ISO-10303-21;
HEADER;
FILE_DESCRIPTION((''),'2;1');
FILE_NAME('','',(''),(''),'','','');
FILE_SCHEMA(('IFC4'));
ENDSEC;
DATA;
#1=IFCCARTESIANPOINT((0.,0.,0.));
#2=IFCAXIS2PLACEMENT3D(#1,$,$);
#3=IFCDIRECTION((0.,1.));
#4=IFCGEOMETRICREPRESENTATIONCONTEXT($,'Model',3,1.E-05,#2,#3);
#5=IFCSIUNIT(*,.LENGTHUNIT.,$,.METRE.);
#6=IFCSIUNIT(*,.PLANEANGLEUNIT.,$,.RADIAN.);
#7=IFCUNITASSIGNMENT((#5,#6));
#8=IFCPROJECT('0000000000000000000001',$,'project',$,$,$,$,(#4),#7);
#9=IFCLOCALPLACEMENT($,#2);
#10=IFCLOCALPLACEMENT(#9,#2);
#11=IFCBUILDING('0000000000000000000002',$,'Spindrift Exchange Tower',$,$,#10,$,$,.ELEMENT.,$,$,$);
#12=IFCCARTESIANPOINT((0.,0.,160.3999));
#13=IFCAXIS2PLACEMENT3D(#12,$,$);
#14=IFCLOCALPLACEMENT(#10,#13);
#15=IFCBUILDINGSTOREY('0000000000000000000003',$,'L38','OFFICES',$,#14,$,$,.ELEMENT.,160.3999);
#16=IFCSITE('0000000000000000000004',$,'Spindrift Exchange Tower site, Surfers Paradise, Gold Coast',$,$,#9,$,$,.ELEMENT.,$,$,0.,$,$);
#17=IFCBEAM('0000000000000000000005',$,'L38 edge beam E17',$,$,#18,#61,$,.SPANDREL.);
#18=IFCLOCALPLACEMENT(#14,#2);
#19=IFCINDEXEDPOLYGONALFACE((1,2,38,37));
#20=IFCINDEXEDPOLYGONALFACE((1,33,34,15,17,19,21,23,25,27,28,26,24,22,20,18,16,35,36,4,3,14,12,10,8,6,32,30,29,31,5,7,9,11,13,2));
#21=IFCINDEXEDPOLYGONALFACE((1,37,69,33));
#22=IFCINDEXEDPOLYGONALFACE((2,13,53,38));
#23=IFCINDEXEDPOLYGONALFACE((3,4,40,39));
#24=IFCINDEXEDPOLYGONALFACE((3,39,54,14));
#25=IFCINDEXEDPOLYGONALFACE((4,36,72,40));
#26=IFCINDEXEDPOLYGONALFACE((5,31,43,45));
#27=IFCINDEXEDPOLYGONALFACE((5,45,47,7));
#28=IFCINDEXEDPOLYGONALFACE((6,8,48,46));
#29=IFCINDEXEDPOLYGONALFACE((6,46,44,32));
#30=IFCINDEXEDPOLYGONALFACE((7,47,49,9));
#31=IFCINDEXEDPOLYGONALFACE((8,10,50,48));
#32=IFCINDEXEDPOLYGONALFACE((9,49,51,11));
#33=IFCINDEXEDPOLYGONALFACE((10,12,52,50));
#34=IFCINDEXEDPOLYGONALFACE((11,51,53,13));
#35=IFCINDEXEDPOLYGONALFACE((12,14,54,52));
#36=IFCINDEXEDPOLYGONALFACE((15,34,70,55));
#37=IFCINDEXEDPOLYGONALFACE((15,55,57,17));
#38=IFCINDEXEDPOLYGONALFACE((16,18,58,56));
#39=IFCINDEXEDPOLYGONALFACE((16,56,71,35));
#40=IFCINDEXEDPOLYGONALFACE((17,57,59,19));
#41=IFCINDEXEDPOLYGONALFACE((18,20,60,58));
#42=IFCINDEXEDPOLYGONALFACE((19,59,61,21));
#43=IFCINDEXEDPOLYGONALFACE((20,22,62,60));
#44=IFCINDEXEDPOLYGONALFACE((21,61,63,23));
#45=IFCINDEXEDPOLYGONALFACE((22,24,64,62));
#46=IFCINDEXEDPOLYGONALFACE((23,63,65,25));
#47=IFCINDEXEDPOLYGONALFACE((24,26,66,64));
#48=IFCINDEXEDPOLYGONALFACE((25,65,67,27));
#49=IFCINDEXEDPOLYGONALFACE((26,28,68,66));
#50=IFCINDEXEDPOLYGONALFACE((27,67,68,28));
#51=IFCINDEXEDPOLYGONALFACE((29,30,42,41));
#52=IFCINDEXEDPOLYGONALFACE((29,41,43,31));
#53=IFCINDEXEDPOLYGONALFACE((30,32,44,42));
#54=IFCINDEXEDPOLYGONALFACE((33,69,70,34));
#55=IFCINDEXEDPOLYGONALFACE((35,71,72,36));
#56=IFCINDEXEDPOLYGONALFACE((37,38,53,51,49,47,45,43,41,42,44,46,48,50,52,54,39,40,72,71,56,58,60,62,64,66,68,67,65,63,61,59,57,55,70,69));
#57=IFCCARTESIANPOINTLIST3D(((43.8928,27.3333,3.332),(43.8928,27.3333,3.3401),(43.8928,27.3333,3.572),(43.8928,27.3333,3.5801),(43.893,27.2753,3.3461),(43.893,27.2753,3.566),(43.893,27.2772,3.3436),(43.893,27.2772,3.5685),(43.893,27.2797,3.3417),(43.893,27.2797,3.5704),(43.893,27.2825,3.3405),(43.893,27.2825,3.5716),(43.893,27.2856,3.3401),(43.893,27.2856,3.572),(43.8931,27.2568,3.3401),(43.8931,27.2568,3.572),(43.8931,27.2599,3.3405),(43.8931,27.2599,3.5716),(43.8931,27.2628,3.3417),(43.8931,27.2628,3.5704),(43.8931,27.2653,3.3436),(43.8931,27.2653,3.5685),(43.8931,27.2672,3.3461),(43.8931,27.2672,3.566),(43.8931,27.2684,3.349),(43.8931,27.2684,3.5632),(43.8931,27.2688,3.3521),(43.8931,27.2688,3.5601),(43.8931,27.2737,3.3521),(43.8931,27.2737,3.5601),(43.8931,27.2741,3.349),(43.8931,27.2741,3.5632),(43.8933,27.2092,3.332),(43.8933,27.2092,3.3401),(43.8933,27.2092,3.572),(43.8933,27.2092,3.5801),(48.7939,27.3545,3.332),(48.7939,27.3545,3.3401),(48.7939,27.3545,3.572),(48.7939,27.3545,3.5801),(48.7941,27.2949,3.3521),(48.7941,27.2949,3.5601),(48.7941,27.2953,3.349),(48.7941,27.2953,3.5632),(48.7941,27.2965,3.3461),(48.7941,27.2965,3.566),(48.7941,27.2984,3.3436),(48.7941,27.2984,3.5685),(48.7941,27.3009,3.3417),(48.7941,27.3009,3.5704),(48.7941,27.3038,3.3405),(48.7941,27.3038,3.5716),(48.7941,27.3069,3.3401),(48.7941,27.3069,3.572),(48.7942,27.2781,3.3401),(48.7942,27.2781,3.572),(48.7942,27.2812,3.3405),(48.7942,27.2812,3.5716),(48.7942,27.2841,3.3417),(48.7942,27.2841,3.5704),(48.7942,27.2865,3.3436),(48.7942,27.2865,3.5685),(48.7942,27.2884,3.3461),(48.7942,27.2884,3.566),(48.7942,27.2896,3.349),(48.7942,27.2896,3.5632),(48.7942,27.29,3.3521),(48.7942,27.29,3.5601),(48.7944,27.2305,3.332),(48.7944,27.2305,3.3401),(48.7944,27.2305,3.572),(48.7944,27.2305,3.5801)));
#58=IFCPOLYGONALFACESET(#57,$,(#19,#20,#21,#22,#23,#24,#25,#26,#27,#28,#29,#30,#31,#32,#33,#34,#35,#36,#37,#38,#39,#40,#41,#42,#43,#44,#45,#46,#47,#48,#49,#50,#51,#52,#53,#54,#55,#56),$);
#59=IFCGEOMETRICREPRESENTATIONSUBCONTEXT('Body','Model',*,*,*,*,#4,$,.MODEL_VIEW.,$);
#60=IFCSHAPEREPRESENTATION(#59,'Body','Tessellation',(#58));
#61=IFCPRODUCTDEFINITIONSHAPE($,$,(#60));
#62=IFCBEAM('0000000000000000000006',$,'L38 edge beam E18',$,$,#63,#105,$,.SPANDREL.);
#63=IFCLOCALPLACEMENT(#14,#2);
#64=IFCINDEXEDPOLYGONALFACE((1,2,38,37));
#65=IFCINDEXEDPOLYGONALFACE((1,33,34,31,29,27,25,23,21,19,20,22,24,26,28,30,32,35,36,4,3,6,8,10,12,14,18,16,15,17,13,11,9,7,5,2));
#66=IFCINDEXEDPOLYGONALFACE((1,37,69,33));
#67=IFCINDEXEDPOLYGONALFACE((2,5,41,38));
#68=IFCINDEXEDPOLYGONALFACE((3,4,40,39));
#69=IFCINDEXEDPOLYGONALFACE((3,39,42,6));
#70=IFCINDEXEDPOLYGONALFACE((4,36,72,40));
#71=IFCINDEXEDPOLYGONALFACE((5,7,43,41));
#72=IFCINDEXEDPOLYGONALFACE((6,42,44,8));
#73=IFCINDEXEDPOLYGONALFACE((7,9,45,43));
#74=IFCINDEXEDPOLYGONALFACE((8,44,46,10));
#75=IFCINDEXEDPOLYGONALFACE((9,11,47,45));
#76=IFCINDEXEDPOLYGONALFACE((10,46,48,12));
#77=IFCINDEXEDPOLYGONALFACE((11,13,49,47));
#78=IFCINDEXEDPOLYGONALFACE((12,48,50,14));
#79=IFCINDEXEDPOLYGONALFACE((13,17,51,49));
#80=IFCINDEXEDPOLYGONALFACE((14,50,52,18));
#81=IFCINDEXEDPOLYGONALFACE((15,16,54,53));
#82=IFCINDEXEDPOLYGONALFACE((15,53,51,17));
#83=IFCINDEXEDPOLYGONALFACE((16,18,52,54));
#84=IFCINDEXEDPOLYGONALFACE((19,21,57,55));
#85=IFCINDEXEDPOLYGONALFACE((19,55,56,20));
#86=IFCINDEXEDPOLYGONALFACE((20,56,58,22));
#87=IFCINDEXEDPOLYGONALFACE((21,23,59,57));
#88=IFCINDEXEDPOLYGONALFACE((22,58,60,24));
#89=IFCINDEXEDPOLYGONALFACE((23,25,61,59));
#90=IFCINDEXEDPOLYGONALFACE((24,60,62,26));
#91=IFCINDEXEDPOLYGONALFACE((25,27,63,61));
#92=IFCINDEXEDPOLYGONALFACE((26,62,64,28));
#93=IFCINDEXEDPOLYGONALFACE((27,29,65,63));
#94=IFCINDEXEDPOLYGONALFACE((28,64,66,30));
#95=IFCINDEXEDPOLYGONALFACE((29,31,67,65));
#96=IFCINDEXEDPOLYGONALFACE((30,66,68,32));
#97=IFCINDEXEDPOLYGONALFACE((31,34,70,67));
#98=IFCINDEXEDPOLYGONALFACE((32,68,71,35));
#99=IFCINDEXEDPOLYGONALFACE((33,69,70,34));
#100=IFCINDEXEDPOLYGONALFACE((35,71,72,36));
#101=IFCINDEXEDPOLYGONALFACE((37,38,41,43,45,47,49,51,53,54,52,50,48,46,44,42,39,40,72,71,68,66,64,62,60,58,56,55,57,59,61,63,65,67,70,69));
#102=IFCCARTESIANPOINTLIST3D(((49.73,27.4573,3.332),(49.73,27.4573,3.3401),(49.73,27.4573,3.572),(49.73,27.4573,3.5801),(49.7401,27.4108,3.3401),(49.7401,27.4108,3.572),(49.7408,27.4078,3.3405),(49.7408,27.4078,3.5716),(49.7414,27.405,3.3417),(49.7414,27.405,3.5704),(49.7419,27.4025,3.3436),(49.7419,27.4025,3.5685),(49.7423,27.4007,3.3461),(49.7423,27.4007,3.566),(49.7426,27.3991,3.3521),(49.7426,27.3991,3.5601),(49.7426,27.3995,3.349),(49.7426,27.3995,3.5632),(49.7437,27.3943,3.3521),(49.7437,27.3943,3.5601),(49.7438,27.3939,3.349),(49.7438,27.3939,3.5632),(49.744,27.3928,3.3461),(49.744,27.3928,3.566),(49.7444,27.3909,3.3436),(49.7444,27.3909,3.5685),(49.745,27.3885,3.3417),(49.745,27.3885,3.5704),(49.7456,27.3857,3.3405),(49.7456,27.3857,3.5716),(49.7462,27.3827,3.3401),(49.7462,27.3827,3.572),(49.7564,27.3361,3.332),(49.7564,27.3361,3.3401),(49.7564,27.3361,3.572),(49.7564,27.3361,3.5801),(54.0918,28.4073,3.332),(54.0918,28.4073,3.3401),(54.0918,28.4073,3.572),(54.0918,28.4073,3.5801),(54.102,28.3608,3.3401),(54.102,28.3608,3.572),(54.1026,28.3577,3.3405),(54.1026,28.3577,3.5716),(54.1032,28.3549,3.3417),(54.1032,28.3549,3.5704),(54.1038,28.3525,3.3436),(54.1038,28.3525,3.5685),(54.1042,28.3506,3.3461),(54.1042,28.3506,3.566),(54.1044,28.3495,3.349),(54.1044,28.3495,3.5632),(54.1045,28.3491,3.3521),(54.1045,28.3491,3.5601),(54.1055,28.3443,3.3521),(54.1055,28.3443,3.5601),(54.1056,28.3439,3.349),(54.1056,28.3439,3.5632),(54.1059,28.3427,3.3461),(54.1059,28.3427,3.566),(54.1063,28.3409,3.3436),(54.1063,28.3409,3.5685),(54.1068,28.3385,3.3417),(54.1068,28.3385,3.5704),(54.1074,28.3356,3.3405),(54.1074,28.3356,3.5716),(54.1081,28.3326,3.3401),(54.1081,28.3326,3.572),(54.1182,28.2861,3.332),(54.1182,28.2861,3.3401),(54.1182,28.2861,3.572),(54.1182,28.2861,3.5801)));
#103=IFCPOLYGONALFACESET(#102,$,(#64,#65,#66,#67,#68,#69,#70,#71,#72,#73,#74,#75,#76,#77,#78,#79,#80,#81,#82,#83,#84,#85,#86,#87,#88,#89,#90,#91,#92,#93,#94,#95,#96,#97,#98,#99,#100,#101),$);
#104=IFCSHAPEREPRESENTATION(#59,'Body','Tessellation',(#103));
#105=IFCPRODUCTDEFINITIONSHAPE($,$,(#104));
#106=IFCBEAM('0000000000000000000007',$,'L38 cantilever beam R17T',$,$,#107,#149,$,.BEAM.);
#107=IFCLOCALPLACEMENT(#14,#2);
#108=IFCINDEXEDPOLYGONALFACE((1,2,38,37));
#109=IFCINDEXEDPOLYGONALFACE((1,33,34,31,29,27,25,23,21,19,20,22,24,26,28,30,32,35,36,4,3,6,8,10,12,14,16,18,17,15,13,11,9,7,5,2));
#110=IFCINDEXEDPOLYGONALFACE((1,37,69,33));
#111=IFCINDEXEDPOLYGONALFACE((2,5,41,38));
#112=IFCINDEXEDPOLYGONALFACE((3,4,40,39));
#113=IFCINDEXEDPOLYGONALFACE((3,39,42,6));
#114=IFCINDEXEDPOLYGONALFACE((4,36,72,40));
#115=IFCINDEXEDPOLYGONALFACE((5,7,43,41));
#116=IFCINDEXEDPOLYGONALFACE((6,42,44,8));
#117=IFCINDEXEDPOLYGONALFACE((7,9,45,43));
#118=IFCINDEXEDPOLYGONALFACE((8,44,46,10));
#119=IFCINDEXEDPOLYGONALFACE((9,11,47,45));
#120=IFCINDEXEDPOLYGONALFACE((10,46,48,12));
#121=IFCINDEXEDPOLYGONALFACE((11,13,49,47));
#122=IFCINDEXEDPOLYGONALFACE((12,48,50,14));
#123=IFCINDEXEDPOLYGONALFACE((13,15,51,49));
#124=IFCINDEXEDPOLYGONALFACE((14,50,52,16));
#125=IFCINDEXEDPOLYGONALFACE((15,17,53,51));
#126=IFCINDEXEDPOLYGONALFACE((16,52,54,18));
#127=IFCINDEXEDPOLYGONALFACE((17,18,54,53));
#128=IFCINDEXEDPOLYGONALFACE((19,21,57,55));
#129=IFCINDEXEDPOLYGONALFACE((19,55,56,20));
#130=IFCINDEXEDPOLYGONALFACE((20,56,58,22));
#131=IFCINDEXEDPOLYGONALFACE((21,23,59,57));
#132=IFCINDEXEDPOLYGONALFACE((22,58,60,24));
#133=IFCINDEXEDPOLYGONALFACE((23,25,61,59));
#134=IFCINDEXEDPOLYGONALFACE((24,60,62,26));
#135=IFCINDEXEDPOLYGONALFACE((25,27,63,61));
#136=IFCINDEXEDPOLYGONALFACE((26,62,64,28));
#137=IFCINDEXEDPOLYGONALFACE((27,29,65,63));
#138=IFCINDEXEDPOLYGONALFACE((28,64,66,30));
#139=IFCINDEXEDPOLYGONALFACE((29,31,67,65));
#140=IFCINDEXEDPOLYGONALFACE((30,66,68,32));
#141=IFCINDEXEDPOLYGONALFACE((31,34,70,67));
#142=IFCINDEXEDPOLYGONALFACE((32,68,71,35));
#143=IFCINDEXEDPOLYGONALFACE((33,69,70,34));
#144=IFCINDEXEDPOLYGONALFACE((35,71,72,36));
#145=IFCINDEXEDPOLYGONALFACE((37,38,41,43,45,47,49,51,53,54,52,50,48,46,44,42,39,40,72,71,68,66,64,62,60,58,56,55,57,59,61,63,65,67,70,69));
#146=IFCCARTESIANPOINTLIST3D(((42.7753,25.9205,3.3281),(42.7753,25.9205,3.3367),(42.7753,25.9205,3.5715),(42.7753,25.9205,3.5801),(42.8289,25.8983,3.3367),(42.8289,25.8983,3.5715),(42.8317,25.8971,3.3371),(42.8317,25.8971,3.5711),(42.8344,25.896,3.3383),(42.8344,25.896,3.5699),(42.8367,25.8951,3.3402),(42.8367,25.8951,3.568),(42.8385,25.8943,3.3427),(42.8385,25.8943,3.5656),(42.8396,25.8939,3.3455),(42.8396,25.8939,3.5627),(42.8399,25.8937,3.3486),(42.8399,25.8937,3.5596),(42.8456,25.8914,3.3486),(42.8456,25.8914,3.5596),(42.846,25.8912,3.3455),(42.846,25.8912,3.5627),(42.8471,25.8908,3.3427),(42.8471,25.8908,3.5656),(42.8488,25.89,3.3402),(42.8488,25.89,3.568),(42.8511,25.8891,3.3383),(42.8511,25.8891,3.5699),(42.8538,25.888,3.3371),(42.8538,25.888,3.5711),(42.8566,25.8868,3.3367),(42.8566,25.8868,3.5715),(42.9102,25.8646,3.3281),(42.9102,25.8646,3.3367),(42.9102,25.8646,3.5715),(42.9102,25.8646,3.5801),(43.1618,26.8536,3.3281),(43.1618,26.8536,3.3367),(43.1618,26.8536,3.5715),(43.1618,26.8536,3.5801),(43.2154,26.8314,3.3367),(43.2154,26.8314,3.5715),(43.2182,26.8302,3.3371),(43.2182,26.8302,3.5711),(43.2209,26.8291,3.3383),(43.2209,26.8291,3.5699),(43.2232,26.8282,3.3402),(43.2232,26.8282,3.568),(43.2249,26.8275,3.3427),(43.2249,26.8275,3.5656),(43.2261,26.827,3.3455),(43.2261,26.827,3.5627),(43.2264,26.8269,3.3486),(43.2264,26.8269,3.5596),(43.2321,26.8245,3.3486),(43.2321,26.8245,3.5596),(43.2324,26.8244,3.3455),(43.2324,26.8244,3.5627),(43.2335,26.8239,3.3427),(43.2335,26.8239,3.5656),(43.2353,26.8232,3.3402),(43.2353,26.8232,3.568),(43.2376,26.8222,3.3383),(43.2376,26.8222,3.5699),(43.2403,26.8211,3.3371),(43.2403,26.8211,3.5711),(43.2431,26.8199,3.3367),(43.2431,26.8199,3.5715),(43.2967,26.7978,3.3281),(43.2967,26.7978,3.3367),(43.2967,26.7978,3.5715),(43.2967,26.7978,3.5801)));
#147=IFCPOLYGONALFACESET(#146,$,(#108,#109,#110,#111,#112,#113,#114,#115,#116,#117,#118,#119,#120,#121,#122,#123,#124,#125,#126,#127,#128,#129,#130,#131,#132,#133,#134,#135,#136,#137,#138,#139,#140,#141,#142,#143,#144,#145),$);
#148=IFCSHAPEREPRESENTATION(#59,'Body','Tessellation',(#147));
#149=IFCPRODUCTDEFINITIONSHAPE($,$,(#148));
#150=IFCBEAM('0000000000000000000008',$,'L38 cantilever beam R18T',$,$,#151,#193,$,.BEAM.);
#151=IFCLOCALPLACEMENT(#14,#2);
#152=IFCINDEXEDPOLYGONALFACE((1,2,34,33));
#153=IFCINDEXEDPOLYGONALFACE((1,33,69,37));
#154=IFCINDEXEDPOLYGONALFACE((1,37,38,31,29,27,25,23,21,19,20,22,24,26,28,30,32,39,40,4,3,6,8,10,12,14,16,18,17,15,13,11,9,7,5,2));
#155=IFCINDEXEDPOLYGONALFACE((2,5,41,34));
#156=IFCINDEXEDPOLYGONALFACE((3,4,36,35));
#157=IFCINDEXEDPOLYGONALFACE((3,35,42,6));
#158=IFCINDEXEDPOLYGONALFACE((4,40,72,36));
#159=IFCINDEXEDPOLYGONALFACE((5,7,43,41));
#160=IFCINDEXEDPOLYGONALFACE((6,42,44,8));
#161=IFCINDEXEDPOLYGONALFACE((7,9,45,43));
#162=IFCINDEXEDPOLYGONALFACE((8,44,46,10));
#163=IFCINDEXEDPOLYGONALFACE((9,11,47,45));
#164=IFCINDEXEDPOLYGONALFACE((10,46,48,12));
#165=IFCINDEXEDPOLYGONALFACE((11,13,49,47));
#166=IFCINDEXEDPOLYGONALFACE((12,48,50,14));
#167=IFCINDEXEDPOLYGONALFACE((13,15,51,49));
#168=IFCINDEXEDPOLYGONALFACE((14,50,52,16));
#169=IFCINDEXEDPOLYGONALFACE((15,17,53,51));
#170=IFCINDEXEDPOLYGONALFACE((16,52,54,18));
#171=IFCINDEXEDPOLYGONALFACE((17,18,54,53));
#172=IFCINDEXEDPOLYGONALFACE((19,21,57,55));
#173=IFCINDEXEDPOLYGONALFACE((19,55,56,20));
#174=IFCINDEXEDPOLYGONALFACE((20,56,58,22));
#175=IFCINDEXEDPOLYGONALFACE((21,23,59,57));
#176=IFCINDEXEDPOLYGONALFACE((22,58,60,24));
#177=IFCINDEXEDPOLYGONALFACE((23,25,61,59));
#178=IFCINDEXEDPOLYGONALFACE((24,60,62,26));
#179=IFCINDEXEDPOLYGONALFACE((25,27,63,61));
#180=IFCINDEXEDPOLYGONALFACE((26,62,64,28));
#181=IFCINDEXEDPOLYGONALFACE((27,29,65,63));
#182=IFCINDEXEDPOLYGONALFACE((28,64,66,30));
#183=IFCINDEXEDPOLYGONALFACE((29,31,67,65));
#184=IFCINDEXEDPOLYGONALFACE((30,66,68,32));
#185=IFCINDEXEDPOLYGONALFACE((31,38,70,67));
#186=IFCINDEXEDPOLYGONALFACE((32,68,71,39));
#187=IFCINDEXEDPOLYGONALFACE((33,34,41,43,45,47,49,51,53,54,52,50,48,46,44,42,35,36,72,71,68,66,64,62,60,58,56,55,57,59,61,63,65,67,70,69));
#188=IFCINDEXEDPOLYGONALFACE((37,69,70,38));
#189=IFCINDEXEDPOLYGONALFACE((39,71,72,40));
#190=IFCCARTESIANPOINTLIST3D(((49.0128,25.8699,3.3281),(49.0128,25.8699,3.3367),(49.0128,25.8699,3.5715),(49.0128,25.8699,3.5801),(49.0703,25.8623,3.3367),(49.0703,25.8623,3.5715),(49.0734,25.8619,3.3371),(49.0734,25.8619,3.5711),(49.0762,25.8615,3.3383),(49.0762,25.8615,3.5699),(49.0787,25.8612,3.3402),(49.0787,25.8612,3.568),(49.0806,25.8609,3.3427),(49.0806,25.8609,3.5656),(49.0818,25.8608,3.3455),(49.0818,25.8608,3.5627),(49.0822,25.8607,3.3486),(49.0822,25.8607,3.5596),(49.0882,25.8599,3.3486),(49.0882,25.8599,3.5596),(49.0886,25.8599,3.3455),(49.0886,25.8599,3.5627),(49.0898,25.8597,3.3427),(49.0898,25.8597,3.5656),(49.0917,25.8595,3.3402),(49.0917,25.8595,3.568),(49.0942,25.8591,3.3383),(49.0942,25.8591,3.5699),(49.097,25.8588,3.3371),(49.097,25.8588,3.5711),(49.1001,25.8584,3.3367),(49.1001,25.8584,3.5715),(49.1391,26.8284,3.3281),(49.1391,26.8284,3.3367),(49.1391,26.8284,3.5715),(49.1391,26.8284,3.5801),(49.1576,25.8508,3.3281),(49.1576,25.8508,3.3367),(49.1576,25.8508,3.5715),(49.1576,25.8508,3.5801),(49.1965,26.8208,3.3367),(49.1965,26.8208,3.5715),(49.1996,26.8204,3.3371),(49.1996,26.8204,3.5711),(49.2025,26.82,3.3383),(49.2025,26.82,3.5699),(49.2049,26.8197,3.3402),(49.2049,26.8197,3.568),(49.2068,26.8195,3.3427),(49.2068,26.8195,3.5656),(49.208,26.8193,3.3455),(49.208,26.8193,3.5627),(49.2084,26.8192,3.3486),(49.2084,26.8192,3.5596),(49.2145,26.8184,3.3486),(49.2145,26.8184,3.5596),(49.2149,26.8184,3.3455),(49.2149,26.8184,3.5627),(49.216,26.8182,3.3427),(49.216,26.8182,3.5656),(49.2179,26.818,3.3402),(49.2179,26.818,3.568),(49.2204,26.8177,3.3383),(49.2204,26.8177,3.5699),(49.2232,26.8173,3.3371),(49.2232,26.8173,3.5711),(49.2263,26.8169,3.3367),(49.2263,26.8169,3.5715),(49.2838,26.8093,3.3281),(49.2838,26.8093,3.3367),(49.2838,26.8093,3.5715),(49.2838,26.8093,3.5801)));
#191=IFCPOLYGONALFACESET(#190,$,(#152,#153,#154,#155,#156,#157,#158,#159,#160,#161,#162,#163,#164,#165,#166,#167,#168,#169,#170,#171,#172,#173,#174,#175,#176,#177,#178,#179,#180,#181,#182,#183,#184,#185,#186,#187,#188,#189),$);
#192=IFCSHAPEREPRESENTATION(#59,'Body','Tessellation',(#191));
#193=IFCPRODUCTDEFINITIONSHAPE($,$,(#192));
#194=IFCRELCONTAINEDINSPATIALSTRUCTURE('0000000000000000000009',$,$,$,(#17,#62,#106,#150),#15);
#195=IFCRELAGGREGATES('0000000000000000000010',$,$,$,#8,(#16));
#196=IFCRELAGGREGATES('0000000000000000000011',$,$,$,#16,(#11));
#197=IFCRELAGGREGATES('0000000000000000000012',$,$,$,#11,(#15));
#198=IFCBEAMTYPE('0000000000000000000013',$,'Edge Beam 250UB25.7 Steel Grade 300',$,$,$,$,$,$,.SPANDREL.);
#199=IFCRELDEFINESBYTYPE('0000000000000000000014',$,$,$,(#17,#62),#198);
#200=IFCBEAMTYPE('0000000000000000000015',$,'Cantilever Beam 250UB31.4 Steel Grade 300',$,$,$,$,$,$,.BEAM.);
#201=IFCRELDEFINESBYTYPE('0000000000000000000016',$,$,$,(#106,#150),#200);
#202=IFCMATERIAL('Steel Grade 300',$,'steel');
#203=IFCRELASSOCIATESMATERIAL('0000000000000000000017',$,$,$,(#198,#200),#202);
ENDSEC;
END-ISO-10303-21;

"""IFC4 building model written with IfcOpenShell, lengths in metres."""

from ifc_helpers import new_model, si_unit, direction, frame, origin, origin_2d, place, context, subcontext, project, spatial, i_section, extrude, source, transform, mapped, material, material_profile, profile_set, type_object, element, save


model = new_model("IFC4")

# Units and contexts
model_context = context("Model", 3, precision=1e-05, world=origin(), true_north=direction((0.0, 1.0)))
body_context = subcontext(model_context, "Body", "Model", "MODEL_VIEW")
ifc_project = project(units=[si_unit("LENGTHUNIT", "METRE"), si_unit("PLANEANGLEUNIT", "RADIAN")], contexts=[model_context])

# Site, building, storey
site_placement = place(None, origin())
site = spatial("IfcSite", under=ifc_project, at=site_placement, Name="Spindrift Exchange Tower site, Surfers Paradise, Gold Coast", CompositionType="ELEMENT", RefElevation=0.0)
building_placement = place(site_placement, origin())
building = spatial("IfcBuilding", under=site, at=building_placement, Name="Spindrift Exchange Tower", CompositionType="ELEMENT")
storey_placement = place(building_placement, frame((0.0, 0.0, 160.3999)))
storey = spatial("IfcBuildingStorey", under=building, at=storey_placement, Name="L38", Description="OFFICES", CompositionType="ELEMENT", Elevation=160.3999)

# Beams
ifc_material_1 = material(Name="Steel Grade 300", Category="steel")
ifc_material_profile_1 = material_profile(ifc_material_1, i_section(OverallWidth=0.124, OverallDepth=0.248, WebThickness=0.0049, FlangeThickness=0.0081, FilletRadius=0.012, at=origin_2d()), Name="250UB25.7")
ifc_profile_set_1 = profile_set([ifc_material_profile_1], Name="Steel Grade 300")
beam_type_1 = type_object("IfcBeamType", Name="Edge Beam 250UB25.7 Steel Grade 300", PredefinedType="SPANDREL", material=ifc_profile_set_1)
shared_shape_1 = source(origin(), body_context, "Body", "SweptSolid", [
    extrude(i_section(OverallWidth=0.124, OverallDepth=0.248, WebThickness=0.0049, FlangeThickness=0.0081, FilletRadius=0.012, at=origin_2d()), origin(), (0.0, 0.0, 1.0), 4.9011),
])
beam_1_placement = place(storey_placement, frame((43.8931, 27.2712, 3.4561), z_axis=(0.999991, 0.004334, 0.0), x_axis=(-0.004334, 0.999991, 0.0)))
element("IfcBeam", 1, at=beam_1_placement, inside=storey, type_object=beam_type_1, Name="L38 edge beam E17", PredefinedType="SPANDREL", context=body_context, shape_type="MappedRepresentation", body=[
    mapped(shared_shape_1, transform((0.0, 0.0, 0.0), scale=1.0)),
])
shared_shape_2 = source(origin(), body_context, "Body", "SweptSolid", [
    extrude(i_section(OverallWidth=0.124, OverallDepth=0.248, WebThickness=0.0049, FlangeThickness=0.0081, FilletRadius=0.012, at=origin_2d()), origin(), (0.0, 0.0, 1.0), 4.4641),
])
beam_2_placement = place(storey_placement, frame((49.7432, 27.3967, 3.4561), z_axis=(0.977096, 0.2128, 0.0), x_axis=(-0.2128, 0.977096, 0.0)))
element("IfcBeam", 2, at=beam_2_placement, inside=storey, type_object=beam_type_1, Name="L38 edge beam E18", PredefinedType="SPANDREL", context=body_context, shape_type="MappedRepresentation", body=[
    mapped(shared_shape_2, transform((0.0, 0.0, 0.0), scale=1.0)),
])
ifc_material_profile_2 = material_profile(ifc_material_1, i_section(OverallWidth=0.146, OverallDepth=0.252, WebThickness=0.0061, FlangeThickness=0.0085, FilletRadius=0.012, at=origin_2d()), Name="250UB31.4")
ifc_profile_set_2 = profile_set([ifc_material_profile_2], Name="Steel Grade 300")
beam_type_2 = type_object("IfcBeamType", Name="Cantilever Beam 250UB31.4 Steel Grade 300", PredefinedType="BEAM", material=ifc_profile_set_2)
shared_shape_3 = source(origin(), body_context, "Body", "SweptSolid", [
    extrude(i_section(OverallWidth=0.146, OverallDepth=0.252, WebThickness=0.0061, FlangeThickness=0.0085, FilletRadius=0.012, at=origin_2d()), origin(), (0.0, 0.0, 1.0), 1.01),
])
beam_3_placement = place(storey_placement, frame((43.2292, 26.8257, 3.4541), z_axis=(-0.382658, -0.92389, 0.0), x_axis=(0.92389, -0.382658, 0.0)))
element("IfcBeam", 3, at=beam_3_placement, inside=storey, type_object=beam_type_2, Name="L38 cantilever beam R17T", PredefinedType="BEAM", context=body_context, shape_type="MappedRepresentation", body=[
    mapped(shared_shape_3, transform((0.0, 0.0, 0.0), scale=1.0)),
])
shared_shape_4 = source(origin(), body_context, "Body", "SweptSolid", [
    extrude(i_section(OverallWidth=0.146, OverallDepth=0.252, WebThickness=0.0061, FlangeThickness=0.0085, FilletRadius=0.012, at=origin_2d()), origin(), (0.0, 0.0, 1.0), 0.9668),
])
beam_4_placement = place(storey_placement, frame((49.2114, 26.8188, 3.4541), z_axis=(-0.130559, -0.991441, 0.0), x_axis=(0.991441, -0.130559, 0.0)))
element("IfcBeam", 4, at=beam_4_placement, inside=storey, type_object=beam_type_2, Name="L38 cantilever beam R18T", PredefinedType="BEAM", context=body_context, shape_type="MappedRepresentation", body=[
    mapped(shared_shape_4, transform((0.0, 0.0, 0.0), scale=1.0)),
])

save(model, "model.ifc")
